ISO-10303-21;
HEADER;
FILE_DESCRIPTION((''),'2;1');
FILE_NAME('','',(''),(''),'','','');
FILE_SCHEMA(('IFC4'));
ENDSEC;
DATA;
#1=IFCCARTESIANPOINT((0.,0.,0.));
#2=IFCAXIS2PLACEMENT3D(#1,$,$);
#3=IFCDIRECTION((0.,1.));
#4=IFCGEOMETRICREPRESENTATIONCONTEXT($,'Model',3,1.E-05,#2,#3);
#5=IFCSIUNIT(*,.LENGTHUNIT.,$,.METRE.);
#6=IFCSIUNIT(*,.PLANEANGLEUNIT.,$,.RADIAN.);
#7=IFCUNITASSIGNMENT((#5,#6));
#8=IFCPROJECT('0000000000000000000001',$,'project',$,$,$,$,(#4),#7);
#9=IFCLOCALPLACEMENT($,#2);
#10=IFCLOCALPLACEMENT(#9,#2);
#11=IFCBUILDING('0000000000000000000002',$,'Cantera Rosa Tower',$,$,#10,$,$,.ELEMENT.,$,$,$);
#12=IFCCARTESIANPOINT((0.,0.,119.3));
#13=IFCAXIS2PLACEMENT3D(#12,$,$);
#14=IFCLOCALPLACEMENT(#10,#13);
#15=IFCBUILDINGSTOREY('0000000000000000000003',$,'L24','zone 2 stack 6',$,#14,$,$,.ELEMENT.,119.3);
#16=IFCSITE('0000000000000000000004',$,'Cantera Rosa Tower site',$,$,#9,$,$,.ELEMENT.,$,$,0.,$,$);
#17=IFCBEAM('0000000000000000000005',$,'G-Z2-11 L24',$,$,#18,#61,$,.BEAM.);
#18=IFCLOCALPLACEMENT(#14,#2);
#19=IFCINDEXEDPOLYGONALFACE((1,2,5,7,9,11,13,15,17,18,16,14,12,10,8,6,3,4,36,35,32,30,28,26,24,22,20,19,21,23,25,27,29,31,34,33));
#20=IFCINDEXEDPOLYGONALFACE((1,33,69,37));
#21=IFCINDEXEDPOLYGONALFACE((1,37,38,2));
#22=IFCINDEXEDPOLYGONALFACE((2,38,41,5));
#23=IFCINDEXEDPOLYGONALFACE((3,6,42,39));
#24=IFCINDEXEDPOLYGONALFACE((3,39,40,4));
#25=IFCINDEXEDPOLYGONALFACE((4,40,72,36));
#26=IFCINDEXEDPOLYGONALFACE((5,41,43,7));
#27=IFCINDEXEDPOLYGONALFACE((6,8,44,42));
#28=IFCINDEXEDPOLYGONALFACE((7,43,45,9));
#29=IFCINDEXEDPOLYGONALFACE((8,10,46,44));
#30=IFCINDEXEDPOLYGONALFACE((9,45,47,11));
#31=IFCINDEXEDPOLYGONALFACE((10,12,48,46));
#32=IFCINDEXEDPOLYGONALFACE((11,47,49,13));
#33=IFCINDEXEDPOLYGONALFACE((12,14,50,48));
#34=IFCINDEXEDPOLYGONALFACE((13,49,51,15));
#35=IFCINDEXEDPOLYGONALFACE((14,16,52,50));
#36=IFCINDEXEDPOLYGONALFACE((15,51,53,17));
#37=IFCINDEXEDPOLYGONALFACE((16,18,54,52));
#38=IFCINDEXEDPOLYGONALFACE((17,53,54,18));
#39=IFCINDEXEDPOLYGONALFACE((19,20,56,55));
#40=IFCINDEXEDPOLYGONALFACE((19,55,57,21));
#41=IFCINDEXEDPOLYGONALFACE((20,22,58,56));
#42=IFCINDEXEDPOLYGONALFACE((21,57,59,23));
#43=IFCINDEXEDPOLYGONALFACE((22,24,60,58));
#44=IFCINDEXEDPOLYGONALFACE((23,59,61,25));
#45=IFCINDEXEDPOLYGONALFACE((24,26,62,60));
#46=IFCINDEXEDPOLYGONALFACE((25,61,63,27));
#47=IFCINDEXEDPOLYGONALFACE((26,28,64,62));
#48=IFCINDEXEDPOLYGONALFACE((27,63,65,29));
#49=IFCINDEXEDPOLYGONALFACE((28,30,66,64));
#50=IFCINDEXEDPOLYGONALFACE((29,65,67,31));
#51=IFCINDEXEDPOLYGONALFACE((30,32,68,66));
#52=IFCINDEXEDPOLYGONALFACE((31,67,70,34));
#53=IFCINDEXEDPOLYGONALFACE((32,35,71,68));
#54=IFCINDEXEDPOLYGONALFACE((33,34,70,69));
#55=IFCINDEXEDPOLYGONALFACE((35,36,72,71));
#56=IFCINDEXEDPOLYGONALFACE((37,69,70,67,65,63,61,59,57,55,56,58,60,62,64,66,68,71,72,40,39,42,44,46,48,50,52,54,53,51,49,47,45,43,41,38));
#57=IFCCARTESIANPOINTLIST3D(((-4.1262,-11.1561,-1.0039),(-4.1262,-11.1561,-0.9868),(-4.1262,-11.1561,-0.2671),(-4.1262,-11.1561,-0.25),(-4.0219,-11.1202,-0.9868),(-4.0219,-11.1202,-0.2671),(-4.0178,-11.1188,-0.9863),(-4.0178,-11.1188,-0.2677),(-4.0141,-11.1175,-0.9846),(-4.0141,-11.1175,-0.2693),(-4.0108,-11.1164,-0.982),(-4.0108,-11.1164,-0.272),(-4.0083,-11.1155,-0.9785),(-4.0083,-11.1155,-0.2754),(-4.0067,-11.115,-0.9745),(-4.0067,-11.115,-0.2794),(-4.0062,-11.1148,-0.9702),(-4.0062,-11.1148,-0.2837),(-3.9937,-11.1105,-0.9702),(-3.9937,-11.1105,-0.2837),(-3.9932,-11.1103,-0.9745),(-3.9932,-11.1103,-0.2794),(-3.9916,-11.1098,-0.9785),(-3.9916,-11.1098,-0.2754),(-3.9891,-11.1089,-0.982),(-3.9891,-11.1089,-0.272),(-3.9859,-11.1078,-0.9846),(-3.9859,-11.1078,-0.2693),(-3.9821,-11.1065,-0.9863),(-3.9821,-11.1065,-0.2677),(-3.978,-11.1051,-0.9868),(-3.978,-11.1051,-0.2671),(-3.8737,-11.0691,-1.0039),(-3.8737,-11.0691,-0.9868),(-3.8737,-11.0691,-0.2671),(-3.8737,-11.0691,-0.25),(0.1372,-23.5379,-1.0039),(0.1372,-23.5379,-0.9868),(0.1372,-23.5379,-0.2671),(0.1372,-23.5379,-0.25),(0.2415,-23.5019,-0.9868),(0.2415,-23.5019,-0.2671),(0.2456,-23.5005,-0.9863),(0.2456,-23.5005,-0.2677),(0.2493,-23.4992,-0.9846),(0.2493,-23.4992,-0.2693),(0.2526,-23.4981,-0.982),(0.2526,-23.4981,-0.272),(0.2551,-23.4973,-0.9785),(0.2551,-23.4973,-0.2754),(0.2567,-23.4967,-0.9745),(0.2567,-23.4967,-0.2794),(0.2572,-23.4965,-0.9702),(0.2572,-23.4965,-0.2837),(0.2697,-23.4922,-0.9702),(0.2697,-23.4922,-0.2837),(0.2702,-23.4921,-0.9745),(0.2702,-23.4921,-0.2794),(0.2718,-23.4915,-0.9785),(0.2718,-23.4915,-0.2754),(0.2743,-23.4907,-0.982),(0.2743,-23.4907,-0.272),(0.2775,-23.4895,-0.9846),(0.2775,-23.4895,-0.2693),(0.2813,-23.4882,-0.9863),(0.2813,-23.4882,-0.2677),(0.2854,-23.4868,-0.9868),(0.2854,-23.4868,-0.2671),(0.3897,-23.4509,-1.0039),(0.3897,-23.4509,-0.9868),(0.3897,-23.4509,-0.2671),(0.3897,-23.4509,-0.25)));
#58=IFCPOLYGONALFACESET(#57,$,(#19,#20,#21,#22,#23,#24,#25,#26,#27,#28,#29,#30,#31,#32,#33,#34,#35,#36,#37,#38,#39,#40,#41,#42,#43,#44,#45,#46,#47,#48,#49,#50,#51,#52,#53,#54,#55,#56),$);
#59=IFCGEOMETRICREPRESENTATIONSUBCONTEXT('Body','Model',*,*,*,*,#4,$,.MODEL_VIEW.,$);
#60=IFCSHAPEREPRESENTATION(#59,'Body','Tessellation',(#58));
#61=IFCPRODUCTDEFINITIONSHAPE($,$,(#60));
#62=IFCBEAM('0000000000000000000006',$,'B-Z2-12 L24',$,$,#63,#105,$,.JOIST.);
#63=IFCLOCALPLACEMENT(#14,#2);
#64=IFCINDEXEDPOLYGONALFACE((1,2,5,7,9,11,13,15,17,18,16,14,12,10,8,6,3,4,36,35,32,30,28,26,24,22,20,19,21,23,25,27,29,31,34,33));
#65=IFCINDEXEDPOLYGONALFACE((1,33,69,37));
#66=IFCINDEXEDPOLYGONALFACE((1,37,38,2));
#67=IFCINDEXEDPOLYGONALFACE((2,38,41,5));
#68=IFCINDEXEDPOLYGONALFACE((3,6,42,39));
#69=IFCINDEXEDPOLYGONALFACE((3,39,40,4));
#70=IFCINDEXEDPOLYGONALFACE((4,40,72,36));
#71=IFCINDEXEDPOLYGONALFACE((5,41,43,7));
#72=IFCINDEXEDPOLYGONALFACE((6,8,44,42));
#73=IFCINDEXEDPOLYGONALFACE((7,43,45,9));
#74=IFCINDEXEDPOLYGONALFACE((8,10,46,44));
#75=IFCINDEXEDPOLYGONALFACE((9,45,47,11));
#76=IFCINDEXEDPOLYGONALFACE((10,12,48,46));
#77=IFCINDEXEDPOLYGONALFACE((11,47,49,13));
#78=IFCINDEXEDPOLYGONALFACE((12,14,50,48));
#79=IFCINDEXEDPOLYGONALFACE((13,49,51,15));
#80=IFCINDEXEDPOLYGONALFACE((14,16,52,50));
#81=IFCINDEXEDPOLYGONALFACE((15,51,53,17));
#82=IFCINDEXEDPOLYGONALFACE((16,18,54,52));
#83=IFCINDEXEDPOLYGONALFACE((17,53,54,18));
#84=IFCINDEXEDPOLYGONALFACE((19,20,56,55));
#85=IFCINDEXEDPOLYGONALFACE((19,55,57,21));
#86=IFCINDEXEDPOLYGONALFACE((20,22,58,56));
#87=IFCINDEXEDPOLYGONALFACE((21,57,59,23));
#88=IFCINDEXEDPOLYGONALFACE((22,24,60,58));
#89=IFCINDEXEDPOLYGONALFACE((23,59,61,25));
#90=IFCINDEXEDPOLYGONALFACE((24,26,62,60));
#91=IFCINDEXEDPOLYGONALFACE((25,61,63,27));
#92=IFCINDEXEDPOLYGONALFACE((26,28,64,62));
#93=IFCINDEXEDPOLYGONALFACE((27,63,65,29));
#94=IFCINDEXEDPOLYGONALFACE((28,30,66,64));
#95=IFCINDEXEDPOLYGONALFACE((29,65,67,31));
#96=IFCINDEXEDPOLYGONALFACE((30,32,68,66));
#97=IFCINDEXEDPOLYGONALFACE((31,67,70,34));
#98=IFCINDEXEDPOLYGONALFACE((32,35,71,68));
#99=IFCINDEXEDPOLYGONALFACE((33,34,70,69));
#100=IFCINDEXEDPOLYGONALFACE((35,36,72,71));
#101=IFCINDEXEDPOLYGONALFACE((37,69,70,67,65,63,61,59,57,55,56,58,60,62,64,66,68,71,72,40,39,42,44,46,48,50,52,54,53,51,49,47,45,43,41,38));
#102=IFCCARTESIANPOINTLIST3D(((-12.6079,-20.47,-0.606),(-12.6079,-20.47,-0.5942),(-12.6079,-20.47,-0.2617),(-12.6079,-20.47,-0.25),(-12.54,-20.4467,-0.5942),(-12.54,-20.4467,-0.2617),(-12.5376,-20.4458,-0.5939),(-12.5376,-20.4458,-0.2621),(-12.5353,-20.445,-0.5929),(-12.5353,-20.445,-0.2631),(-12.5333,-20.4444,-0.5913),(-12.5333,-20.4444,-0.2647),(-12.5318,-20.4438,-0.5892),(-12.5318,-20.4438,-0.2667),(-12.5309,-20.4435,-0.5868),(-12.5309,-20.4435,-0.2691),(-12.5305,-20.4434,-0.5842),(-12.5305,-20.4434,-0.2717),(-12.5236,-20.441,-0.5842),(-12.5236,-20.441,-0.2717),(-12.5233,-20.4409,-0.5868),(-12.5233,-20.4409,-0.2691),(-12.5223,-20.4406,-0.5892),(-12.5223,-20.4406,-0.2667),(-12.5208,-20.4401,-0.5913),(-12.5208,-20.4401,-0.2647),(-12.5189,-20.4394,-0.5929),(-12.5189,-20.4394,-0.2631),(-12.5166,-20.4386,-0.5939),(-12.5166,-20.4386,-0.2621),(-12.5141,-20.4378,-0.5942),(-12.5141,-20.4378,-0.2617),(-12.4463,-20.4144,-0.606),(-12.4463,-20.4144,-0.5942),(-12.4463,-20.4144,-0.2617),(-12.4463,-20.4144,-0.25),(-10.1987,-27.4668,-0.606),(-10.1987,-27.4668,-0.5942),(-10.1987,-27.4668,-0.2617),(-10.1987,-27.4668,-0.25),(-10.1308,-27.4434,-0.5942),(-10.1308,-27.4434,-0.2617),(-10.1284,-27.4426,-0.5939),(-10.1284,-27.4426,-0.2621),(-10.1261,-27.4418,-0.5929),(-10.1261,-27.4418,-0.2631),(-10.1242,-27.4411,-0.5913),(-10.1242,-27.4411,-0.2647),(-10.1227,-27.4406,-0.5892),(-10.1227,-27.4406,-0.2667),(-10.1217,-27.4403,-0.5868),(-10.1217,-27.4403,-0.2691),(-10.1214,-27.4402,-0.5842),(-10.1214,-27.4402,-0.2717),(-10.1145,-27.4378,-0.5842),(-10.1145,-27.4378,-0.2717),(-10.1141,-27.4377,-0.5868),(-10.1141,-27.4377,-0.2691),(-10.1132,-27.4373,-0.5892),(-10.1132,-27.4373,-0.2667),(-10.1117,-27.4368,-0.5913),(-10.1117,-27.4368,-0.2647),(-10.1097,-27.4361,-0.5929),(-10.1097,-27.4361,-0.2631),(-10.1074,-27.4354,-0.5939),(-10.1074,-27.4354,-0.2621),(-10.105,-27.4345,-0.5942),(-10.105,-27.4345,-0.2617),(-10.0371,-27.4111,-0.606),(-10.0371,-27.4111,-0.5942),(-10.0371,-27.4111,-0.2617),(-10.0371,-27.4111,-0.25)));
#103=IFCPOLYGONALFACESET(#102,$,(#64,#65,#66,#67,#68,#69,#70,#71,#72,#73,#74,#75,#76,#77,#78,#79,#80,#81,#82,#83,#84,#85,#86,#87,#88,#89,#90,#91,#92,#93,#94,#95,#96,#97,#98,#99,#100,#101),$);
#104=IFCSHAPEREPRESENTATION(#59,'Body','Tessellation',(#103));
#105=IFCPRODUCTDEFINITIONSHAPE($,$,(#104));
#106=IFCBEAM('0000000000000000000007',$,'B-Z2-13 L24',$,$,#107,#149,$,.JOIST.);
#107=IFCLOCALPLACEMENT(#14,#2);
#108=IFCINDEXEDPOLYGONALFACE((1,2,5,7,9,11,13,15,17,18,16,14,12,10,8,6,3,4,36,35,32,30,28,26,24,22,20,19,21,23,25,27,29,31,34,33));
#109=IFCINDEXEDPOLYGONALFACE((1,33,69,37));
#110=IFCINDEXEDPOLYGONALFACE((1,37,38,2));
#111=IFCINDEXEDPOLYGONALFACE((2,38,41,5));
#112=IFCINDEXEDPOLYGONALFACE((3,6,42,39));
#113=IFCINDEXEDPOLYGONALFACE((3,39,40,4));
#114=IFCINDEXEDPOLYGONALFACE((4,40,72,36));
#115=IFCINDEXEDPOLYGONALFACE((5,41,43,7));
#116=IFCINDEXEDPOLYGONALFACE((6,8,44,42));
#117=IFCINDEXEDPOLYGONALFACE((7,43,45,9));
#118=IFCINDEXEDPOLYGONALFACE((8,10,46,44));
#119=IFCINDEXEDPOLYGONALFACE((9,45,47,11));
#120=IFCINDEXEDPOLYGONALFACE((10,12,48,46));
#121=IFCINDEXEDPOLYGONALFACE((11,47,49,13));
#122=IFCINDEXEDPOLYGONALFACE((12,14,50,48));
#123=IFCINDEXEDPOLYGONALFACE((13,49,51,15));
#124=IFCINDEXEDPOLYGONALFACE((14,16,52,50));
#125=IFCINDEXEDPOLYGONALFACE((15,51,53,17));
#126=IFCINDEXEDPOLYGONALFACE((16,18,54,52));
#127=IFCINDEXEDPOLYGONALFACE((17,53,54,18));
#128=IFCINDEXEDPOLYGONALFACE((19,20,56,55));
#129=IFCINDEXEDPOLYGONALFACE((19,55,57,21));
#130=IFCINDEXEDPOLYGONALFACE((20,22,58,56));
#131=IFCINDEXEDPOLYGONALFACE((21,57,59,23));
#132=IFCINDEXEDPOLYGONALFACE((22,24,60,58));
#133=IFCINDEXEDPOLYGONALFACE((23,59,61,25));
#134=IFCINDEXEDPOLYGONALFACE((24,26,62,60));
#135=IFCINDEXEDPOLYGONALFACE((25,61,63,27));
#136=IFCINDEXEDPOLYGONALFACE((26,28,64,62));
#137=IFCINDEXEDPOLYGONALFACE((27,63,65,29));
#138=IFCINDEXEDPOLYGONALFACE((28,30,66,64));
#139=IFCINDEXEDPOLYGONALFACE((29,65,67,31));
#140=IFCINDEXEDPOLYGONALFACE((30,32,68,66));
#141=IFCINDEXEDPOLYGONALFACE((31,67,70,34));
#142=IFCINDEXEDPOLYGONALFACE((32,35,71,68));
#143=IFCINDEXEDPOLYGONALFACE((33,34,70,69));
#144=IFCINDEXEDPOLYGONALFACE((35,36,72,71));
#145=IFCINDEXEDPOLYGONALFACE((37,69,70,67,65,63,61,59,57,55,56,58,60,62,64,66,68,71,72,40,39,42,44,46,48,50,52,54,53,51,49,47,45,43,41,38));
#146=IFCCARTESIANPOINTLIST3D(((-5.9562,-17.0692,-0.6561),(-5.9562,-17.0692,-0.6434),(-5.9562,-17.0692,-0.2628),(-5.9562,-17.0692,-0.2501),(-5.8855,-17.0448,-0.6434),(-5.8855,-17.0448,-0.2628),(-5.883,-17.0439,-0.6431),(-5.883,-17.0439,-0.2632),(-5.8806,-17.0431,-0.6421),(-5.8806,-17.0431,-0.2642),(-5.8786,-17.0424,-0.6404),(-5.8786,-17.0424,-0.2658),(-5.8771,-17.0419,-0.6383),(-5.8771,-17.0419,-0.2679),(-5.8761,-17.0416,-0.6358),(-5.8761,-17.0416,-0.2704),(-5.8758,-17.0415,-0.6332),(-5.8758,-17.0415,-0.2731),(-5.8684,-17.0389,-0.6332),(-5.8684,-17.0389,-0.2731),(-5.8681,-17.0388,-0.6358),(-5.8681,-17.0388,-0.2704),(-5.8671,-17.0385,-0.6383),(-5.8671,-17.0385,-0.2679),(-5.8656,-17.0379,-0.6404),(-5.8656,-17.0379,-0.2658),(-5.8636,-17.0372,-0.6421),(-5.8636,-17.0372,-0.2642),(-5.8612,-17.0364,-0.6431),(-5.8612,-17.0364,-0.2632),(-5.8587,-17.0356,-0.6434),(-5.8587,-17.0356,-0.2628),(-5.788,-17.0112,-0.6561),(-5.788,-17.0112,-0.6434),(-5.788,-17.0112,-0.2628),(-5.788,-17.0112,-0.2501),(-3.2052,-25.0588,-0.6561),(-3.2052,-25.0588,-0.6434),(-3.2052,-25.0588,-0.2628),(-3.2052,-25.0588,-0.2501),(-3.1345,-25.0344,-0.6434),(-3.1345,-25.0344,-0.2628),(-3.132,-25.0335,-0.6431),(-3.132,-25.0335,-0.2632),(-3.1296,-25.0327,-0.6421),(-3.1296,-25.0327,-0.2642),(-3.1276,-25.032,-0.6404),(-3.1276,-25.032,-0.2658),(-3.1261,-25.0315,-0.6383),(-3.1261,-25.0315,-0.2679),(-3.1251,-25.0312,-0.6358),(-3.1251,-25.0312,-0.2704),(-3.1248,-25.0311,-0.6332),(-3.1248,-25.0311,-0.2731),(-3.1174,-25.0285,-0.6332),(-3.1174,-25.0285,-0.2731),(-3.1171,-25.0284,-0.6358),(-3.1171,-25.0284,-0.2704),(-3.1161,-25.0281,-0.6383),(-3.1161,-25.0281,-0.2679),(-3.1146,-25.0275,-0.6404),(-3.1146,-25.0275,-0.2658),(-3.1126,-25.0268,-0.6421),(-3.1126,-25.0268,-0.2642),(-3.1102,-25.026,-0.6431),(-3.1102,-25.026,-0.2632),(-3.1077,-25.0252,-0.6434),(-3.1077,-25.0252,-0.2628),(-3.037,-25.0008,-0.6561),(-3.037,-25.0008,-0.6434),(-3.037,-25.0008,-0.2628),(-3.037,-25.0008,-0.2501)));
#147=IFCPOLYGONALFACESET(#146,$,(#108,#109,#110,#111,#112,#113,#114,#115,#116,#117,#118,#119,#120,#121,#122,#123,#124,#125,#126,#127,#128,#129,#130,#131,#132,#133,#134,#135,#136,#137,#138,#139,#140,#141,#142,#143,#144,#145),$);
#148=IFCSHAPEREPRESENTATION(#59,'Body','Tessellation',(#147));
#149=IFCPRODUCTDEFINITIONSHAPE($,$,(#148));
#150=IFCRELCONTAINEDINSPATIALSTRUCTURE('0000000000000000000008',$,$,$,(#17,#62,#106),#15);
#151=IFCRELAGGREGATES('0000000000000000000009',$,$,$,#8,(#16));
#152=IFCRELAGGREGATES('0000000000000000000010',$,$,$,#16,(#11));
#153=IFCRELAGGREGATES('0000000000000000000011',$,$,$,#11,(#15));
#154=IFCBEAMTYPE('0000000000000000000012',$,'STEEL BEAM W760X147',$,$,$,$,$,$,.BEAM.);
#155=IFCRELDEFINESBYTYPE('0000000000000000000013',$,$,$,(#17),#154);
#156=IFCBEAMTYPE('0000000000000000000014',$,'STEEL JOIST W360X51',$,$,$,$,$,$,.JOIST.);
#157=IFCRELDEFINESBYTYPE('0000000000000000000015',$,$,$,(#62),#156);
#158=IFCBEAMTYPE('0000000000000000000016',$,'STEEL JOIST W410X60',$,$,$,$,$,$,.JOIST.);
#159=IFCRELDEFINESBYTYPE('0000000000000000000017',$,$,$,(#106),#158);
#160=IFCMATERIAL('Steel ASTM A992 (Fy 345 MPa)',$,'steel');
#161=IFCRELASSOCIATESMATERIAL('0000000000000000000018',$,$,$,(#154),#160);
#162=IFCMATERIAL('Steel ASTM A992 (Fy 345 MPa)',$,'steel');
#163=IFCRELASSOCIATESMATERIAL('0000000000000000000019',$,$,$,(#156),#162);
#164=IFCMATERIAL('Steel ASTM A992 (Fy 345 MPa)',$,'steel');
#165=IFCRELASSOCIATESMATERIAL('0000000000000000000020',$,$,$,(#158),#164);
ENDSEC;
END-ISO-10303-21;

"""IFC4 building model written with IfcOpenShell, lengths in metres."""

from ifc_helpers import new_model, si_unit, direction, frame, origin, origin_2d, place, context, subcontext, project, spatial, i_section, extrude, material, material_profile, profile_set, type_object, element, save


model = new_model("IFC4")

# Units and contexts
model_context = context("Model", 3, precision=1e-05, world=origin(), true_north=direction((0.0, 1.0)))
body_context = subcontext(model_context, "Body", "Model", "MODEL_VIEW")
ifc_project = project(units=[si_unit("LENGTHUNIT", "METRE"), si_unit("PLANEANGLEUNIT", "RADIAN")], contexts=[model_context])

# Site, building, storey
site_placement = place(None, origin())
site = spatial("IfcSite", under=ifc_project, at=site_placement, Name="Cantera Rosa Tower site", CompositionType="ELEMENT", RefElevation=0.0)
building_placement = place(site_placement, origin())
building = spatial("IfcBuilding", under=site, at=building_placement, Name="Cantera Rosa Tower", CompositionType="ELEMENT")
storey_placement = place(building_placement, frame((0.0, 0.0, 119.3)))
storey = spatial("IfcBuildingStorey", under=building, at=storey_placement, Name="L24", Description="zone 2 stack 6", CompositionType="ELEMENT", Elevation=119.3)

# Beams
ifc_material_1 = material(Name="Steel ASTM A992 (Fy 345 MPa)", Category="steel")
ifc_material_profile_1 = material_profile(ifc_material_1, i_section(OverallWidth=0.2671, OverallDepth=0.7539, WebThickness=0.0132, FlangeThickness=0.0171, FilletRadius=0.0166, at=origin_2d()), Name="W760X147")
ifc_profile_set_1 = profile_set([ifc_material_profile_1], Name="Steel ASTM A992 (Fy 345 MPa)")
beam_type_1 = type_object("IfcBeamType", Name="STEEL BEAM W760X147", PredefinedType="BEAM", material=ifc_profile_set_1)
beam_1_placement = place(storey_placement, frame((0.2634, -23.4944, -0.627), z_axis=(-0.32557, 0.945518, 0.0), x_axis=(-0.945518, -0.32557, 0.0)))
element("IfcBeam", 1, at=beam_1_placement, inside=storey, type_object=beam_type_1, Name="G-Z2-11 L24", PredefinedType="BEAM", context=body_context, shape_type="SweptSolid", body=[
    extrude(i_section(OverallWidth=0.2671, OverallDepth=0.7539, WebThickness=0.0132, FlangeThickness=0.0171, FilletRadius=0.0166, at=origin_2d()), origin(), (0.0, 0.0, 1.0), 13.0952),
])
ifc_material_2 = material(Name="Steel ASTM A992 (Fy 345 MPa)", Category="steel")
ifc_material_profile_2 = material_profile(ifc_material_2, i_section(OverallWidth=0.1709, OverallDepth=0.356, WebThickness=0.0073, FlangeThickness=0.0117, FilletRadius=0.01, at=origin_2d()), Name="W360X51")
ifc_profile_set_2 = profile_set([ifc_material_profile_2], Name="Steel ASTM A992 (Fy 345 MPa)")
beam_type_2 = type_object("IfcBeamType", Name="STEEL JOIST W360X51", PredefinedType="JOIST", material=ifc_profile_set_2)
beam_2_placement = place(storey_placement, frame((-10.1179, -27.439, -0.428), z_axis=(-0.325566, 0.945519, 0.0), x_axis=(-0.945519, -0.325566, 0.0)))
element("IfcBeam", 2, at=beam_2_placement, inside=storey, type_object=beam_type_2, Name="B-Z2-12 L24", PredefinedType="JOIST", context=body_context, shape_type="SweptSolid", body=[
    extrude(i_section(OverallWidth=0.1709, OverallDepth=0.356, WebThickness=0.0073, FlangeThickness=0.0117, FilletRadius=0.01, at=origin_2d()), origin(), (0.0, 0.0, 1.0), 7.3999),
])
ifc_material_3 = material(Name="Steel ASTM A992 (Fy 345 MPa)", Category="steel")
ifc_material_profile_3 = material_profile(ifc_material_3, i_section(OverallWidth=0.178, OverallDepth=0.406, WebThickness=0.0078, FlangeThickness=0.0127, FilletRadius=0.0103, at=origin_2d()), Name="W410X60")
ifc_profile_set_3 = profile_set([ifc_material_profile_3], Name="Steel ASTM A992 (Fy 345 MPa)")
beam_type_3 = type_object("IfcBeamType", Name="STEEL JOIST W410X60", PredefinedType="JOIST", material=ifc_profile_set_3)
beam_3_placement = place(storey_placement, frame((-3.1211, -25.0298, -0.4531), z_axis=(-0.325565, 0.94552, 0.0), x_axis=(-0.94552, -0.325565, 0.0)))
element("IfcBeam", 3, at=beam_3_placement, inside=storey, type_object=beam_type_3, Name="B-Z2-13 L24", PredefinedType="JOIST", context=body_context, shape_type="SweptSolid", body=[
    extrude(i_section(OverallWidth=0.178, OverallDepth=0.406, WebThickness=0.0078, FlangeThickness=0.0127, FilletRadius=0.0103, at=origin_2d()), origin(), (0.0, 0.0, 1.0), 8.45),
])

save(model, "model.ifc")
